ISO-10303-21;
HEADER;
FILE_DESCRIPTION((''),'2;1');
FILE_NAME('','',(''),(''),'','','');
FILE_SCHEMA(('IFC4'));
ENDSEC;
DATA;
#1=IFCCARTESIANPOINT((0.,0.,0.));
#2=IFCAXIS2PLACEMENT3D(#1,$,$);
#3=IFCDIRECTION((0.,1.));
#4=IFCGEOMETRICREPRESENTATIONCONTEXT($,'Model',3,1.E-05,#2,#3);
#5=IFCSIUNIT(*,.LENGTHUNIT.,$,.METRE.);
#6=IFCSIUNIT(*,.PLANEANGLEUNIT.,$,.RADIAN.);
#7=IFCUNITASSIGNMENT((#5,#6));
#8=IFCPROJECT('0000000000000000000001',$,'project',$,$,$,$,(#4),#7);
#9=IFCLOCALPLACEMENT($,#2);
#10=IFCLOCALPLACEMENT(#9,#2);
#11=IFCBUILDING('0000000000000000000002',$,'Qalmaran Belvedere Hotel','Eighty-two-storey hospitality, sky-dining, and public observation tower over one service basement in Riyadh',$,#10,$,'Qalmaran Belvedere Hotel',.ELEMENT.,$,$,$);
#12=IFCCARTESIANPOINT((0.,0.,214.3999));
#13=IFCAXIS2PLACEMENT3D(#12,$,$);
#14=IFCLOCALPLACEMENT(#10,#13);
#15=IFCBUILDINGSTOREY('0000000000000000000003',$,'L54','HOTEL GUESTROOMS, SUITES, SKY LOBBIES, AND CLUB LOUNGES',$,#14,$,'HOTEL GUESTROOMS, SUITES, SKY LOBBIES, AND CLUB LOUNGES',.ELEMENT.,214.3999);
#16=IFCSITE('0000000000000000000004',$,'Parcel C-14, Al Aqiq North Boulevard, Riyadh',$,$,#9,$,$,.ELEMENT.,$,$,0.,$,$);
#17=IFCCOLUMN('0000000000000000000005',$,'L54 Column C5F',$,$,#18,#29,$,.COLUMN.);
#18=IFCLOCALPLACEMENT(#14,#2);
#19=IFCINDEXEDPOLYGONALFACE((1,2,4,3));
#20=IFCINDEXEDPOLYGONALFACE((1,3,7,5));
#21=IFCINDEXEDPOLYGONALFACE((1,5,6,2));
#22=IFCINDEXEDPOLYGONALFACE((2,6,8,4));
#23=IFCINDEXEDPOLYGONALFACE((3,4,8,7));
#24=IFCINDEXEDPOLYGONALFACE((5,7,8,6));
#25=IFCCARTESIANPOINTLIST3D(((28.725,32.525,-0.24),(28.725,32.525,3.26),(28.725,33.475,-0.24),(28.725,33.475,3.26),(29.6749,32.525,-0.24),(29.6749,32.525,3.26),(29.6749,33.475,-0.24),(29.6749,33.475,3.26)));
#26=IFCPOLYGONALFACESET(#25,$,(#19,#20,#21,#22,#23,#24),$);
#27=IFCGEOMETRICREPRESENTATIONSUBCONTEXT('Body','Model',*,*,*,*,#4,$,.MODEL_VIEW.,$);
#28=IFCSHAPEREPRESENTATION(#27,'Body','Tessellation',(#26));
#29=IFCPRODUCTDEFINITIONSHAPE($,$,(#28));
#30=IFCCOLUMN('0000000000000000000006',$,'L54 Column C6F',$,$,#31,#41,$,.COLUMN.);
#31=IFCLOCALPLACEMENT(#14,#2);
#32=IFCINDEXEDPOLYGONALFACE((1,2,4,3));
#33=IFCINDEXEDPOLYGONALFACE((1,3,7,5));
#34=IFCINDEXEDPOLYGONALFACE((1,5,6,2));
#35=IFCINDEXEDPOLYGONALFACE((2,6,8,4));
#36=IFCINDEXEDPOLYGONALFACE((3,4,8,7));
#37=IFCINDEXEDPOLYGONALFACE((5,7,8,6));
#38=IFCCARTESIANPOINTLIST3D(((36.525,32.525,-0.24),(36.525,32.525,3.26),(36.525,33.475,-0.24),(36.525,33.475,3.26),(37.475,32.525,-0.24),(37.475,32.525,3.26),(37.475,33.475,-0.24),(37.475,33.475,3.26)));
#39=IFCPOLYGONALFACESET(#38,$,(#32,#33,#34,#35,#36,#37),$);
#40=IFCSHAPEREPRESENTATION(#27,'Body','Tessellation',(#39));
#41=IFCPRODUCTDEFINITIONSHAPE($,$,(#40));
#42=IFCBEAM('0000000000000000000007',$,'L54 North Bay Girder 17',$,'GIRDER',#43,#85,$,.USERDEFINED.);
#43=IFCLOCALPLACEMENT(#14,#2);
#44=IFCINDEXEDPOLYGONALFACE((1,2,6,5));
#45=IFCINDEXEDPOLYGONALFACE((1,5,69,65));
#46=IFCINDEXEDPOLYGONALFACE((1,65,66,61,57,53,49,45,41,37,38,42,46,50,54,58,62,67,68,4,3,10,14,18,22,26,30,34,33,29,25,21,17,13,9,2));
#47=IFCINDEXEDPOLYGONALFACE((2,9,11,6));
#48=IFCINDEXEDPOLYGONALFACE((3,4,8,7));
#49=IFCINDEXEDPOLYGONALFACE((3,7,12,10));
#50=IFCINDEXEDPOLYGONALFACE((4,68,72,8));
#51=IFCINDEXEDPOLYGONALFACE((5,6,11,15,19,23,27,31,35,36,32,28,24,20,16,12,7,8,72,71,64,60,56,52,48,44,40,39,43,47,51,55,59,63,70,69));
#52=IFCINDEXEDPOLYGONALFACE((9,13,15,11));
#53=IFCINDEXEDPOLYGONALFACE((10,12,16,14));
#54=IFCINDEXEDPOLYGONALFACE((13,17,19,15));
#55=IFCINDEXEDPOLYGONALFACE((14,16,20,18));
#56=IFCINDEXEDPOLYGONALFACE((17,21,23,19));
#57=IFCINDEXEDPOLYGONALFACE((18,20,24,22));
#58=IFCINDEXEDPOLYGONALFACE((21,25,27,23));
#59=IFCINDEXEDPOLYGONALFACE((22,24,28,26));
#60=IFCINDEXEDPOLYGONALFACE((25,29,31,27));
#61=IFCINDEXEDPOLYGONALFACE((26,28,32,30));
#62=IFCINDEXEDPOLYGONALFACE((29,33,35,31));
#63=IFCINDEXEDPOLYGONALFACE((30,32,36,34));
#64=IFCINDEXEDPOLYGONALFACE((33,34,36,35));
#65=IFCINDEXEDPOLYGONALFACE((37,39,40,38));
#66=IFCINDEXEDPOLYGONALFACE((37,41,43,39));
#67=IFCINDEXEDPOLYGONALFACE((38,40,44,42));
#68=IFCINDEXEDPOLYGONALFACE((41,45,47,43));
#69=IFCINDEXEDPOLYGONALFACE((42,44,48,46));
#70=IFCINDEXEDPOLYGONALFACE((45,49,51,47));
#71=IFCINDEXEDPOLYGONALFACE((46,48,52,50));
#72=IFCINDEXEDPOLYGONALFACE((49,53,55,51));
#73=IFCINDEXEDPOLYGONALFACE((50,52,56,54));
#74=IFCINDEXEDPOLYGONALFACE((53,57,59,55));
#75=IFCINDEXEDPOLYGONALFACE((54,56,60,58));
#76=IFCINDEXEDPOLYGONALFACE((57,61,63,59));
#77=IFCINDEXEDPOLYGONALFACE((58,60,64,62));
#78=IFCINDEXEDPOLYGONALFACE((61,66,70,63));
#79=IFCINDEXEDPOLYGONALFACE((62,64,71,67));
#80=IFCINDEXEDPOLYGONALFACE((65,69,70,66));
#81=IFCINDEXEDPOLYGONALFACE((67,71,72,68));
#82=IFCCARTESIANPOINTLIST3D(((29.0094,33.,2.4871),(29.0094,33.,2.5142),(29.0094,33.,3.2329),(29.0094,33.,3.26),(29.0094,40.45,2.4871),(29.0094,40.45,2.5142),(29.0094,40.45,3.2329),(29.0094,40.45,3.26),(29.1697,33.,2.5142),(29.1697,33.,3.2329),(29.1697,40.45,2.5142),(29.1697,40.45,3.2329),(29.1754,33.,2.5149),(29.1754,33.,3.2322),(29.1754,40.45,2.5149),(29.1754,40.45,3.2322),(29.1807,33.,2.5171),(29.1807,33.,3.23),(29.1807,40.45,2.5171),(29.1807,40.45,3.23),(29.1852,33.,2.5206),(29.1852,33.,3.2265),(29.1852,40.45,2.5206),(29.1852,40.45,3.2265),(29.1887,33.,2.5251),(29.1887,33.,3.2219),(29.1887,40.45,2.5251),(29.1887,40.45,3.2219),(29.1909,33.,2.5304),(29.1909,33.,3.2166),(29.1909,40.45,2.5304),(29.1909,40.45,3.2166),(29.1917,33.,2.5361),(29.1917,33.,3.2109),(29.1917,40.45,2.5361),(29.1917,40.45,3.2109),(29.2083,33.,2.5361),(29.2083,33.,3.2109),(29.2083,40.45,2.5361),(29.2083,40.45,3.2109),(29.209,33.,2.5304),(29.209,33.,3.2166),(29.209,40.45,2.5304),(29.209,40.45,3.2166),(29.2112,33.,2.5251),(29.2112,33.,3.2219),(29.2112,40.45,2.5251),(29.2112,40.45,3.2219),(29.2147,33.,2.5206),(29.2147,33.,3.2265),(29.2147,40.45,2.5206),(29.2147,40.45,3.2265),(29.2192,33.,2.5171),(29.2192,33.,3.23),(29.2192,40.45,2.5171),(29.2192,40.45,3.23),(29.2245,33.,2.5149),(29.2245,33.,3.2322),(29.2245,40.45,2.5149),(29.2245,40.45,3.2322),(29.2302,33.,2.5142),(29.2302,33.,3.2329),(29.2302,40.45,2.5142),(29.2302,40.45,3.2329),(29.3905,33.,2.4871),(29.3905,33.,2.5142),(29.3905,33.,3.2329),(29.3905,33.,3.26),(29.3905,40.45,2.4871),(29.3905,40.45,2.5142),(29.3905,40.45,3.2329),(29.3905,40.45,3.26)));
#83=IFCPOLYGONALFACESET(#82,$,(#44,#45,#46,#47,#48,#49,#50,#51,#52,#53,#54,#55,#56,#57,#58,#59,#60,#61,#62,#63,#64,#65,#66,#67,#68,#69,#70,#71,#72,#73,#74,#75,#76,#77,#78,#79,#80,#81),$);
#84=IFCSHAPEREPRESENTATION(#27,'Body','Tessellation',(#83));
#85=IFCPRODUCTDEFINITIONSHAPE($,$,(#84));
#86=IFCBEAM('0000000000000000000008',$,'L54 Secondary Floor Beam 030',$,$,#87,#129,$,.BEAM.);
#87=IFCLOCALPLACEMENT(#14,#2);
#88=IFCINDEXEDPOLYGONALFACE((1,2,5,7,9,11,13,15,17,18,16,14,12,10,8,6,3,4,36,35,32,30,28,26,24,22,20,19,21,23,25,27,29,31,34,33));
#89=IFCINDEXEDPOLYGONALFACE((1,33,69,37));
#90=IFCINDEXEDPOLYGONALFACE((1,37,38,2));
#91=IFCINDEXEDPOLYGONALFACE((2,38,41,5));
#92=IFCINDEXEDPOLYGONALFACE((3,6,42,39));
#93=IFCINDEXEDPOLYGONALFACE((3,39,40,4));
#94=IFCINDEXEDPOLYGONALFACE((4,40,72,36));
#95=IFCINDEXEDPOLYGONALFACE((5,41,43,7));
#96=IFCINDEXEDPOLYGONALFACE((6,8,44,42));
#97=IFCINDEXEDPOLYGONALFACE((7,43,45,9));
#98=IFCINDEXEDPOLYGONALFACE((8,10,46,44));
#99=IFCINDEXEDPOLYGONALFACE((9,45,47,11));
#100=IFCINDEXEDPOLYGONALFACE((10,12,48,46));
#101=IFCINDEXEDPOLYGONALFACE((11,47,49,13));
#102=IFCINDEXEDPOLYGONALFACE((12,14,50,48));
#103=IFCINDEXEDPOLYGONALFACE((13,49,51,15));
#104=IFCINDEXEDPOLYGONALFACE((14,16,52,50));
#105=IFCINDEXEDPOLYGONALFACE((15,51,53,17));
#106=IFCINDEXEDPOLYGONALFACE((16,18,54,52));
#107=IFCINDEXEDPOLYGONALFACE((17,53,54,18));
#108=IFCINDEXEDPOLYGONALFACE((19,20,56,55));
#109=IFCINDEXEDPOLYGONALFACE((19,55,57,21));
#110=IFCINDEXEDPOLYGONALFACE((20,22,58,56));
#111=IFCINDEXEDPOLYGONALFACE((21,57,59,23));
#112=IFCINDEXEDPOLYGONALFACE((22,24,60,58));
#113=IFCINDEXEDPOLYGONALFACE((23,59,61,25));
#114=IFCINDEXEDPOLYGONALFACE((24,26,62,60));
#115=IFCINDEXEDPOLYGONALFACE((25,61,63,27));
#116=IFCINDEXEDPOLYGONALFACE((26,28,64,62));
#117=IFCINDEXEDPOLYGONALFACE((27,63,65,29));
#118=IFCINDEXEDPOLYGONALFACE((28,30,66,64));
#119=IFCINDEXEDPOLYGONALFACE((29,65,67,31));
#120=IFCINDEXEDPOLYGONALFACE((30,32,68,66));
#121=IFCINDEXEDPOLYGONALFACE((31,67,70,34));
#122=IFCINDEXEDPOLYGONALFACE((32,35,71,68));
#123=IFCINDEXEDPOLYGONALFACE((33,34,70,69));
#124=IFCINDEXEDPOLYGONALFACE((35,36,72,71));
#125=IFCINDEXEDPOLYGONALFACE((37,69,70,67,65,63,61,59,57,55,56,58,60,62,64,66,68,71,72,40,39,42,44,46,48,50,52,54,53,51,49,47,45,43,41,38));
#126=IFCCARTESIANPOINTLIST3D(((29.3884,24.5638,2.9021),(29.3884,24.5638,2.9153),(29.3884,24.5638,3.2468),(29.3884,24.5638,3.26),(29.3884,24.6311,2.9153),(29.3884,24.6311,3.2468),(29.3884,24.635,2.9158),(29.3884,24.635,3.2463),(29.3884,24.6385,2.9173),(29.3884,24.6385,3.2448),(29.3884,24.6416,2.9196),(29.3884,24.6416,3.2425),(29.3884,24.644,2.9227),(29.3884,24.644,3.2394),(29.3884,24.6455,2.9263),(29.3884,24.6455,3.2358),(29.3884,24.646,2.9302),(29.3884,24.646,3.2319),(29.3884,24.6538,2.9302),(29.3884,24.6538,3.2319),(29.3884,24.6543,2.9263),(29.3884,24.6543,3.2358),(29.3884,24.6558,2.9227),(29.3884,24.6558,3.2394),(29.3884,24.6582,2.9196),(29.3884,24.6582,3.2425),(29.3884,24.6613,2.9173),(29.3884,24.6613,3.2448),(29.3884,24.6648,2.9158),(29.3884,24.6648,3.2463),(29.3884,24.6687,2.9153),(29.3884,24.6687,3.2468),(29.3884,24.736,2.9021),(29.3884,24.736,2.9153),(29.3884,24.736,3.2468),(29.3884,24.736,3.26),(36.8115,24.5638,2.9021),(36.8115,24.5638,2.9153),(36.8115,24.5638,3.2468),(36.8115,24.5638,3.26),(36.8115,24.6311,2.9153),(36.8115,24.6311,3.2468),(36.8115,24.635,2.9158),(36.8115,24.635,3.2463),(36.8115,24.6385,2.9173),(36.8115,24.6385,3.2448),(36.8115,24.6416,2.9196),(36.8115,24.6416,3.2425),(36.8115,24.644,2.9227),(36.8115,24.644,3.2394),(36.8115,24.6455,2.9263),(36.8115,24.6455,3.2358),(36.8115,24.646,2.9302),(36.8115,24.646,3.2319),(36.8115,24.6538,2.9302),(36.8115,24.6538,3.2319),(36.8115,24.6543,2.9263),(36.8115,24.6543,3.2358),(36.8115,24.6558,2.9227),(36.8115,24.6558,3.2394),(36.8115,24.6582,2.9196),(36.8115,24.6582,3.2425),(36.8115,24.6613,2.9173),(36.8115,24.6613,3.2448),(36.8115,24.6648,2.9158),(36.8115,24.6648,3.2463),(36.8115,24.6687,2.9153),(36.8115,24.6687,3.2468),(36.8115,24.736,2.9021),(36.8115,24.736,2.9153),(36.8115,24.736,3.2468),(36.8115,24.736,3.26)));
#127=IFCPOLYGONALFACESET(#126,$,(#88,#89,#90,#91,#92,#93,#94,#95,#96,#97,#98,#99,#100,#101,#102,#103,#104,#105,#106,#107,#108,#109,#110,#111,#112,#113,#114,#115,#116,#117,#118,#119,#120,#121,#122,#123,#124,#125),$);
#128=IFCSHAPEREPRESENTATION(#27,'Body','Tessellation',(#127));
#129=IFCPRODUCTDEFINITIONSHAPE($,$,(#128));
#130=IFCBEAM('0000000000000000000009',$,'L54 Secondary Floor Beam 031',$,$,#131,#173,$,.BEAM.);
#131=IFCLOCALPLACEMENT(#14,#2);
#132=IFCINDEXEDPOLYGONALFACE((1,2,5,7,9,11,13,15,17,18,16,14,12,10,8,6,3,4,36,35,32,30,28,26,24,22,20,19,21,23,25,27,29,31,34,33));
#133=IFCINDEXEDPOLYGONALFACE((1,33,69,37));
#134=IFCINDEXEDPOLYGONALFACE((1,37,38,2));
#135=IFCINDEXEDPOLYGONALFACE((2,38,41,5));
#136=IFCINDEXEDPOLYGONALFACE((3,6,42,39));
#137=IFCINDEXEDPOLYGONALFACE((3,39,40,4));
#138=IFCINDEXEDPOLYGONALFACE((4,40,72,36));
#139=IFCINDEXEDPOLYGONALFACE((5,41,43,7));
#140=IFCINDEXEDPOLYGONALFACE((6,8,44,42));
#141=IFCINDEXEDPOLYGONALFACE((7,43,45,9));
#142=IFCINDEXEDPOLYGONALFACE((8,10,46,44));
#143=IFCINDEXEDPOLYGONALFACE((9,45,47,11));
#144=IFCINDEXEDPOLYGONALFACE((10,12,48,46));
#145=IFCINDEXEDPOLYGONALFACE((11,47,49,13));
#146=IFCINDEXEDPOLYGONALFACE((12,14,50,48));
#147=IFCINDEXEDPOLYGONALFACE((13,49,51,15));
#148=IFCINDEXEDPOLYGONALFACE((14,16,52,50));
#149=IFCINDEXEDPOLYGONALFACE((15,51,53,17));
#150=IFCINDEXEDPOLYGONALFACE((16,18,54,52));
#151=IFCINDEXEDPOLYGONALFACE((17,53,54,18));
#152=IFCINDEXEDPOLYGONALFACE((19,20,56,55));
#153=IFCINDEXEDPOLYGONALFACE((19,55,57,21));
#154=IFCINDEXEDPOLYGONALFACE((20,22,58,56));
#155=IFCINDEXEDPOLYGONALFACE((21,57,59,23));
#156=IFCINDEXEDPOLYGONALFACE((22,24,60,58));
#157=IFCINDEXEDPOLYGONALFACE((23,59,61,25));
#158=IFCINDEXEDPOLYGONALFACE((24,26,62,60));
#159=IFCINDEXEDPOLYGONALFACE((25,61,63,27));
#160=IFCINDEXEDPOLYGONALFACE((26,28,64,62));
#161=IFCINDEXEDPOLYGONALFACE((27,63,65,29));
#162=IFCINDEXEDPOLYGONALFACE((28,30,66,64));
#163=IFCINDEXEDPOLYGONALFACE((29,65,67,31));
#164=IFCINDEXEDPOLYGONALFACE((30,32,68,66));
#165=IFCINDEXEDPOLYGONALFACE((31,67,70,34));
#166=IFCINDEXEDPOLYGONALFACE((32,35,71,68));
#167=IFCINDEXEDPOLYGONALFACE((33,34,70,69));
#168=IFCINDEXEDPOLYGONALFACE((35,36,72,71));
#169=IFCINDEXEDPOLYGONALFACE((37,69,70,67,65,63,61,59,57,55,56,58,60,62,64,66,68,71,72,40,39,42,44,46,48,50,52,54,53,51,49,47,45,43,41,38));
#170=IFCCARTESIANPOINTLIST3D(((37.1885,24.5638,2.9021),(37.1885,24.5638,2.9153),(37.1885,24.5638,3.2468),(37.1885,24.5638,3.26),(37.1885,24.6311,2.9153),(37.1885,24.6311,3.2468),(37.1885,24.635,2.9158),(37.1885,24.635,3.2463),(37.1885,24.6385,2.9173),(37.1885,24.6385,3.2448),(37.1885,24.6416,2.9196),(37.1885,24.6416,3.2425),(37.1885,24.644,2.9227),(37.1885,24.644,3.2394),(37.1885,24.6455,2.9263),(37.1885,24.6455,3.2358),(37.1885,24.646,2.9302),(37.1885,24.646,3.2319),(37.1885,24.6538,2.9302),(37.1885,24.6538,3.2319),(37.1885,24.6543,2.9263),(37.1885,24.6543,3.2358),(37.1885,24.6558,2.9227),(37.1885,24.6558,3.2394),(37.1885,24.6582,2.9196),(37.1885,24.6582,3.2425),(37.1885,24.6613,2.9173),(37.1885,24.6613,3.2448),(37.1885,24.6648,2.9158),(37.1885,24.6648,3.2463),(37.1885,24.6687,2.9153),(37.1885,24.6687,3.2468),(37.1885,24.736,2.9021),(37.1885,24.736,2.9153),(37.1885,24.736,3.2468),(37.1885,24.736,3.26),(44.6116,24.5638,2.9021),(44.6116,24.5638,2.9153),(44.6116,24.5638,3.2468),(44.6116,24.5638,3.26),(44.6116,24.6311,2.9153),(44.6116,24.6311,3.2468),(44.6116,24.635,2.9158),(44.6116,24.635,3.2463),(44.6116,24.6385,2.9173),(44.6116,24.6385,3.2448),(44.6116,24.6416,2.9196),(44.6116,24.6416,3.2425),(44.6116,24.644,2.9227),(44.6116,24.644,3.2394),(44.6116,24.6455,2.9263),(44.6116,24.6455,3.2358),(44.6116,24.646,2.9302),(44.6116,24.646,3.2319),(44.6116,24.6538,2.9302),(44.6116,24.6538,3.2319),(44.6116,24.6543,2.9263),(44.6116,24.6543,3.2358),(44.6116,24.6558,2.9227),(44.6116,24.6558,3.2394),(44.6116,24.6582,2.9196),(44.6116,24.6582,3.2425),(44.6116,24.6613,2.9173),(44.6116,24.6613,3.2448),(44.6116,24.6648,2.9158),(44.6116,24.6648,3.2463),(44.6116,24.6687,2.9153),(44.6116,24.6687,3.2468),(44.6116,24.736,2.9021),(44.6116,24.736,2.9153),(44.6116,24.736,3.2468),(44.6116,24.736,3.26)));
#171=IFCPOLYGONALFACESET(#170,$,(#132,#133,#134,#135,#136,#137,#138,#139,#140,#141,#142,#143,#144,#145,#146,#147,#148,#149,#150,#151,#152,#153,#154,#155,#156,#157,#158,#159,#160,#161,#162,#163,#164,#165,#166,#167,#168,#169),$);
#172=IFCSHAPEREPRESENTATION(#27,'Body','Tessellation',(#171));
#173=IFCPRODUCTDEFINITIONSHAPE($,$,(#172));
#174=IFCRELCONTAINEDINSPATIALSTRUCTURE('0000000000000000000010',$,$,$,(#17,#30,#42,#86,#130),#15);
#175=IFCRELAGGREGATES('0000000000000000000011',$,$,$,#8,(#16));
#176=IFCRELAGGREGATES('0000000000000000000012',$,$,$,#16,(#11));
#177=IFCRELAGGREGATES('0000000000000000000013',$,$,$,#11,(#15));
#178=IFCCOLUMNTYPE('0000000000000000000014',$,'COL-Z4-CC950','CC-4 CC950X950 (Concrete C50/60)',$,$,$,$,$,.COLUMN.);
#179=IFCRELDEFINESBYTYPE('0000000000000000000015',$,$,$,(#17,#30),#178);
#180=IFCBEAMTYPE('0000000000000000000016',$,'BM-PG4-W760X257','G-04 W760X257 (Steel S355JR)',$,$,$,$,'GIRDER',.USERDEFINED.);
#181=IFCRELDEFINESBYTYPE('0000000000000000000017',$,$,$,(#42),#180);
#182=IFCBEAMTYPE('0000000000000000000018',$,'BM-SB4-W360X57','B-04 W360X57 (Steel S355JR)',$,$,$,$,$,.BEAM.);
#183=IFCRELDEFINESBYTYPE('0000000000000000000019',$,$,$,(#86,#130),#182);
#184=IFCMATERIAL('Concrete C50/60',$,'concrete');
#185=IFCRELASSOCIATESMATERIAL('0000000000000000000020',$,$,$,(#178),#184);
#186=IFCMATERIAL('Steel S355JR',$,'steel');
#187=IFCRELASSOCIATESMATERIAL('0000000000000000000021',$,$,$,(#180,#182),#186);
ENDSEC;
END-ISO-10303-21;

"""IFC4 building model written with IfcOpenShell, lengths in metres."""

from ifc_helpers import new_model, si_unit, direction, frame, origin, origin_2d, place, context, subcontext, project, spatial, rectangle, i_section, extrude, material, material_profile, profile_set, type_object, element, save


model = new_model("IFC4")

# Units and contexts
model_context = context("Model", 3, precision=1e-05, world=origin(), true_north=direction((0.0, 1.0)))
body_context = subcontext(model_context, "Body", "Model", "MODEL_VIEW")
ifc_project = project(units=[si_unit("LENGTHUNIT", "METRE"), si_unit("PLANEANGLEUNIT", "RADIAN")], contexts=[model_context])

# Site, building, storey
site_placement = place(None, origin())
site = spatial("IfcSite", under=ifc_project, at=site_placement, Name="Parcel C-14, Al Aqiq North Boulevard, Riyadh", CompositionType="ELEMENT", RefElevation=0.0)
building_placement = place(site_placement, origin())
building = spatial("IfcBuilding", under=site, at=building_placement, Name="Qalmaran Belvedere Hotel", Description="Eighty-two-storey hospitality, sky-dining, and public observation tower over one service basement in Riyadh", LongName="Qalmaran Belvedere Hotel", CompositionType="ELEMENT")
storey_placement = place(building_placement, frame((0.0, 0.0, 214.3999)))
storey = spatial("IfcBuildingStorey", under=building, at=storey_placement, Name="L54", Description="HOTEL GUESTROOMS, SUITES, SKY LOBBIES, AND CLUB LOUNGES", LongName="HOTEL GUESTROOMS, SUITES, SKY LOBBIES, AND CLUB LOUNGES", CompositionType="ELEMENT", Elevation=214.3999)

# Columns
ifc_material_1 = material(Name="Concrete C50/60", Category="concrete")
ifc_material_profile_1 = material_profile(ifc_material_1, rectangle(XDim=0.95, YDim=0.95, at=origin_2d()), Name="CC950X950")
ifc_profile_set_1 = profile_set([ifc_material_profile_1], Name="Concrete C50/60")
column_type = type_object("IfcColumnType", Name="COL-Z4-CC950", Description="CC-4 CC950X950 (Concrete C50/60)", PredefinedType="COLUMN", material=ifc_profile_set_1)
for number, where, z_axis, x_axis, name in (
    (1, (29.2, 33.0, -0.24), (0.0, 0.0, 1.0), (1.0, 0.0, 0.0), "L54 Column C5F"),
    (2, (37.0, 33.0, -0.24), (0.0, 0.0, 1.0), (1.0, 0.0, 0.0), "L54 Column C6F"),
):
    element("IfcColumn", number, at=place(storey_placement, frame(where, z_axis=z_axis, x_axis=x_axis)), inside=storey, type_object=column_type, Name=name, PredefinedType="COLUMN", context=body_context, shape_type="SweptSolid", body=[
        extrude(rectangle(XDim=0.95, YDim=0.95, at=origin_2d()), origin(), (0.0, 0.0, 1.0), 3.5),
    ])

# Beams
ifc_material_2 = material(Name="Steel S355JR", Category="steel")
ifc_material_profile_2 = material_profile(ifc_material_2, i_section(OverallWidth=0.3811, OverallDepth=0.7729, WebThickness=0.0166, FlangeThickness=0.0271, FilletRadius=0.022, at=origin_2d()), Name="W760X257")
ifc_profile_set_2 = profile_set([ifc_material_profile_2], Name="Steel S355JR")
beam_type_1 = type_object("IfcBeamType", Name="BM-PG4-W760X257", Description="G-04 W760X257 (Steel S355JR)", ElementType="GIRDER", PredefinedType="USERDEFINED", material=ifc_profile_set_2)
beam_placement = place(storey_placement, frame((29.2, 33.0, 2.8735), z_axis=(0.0, 1.0, 0.0), x_axis=(-1.0, 0.0, 0.0)))
element("IfcBeam", 3, at=beam_placement, inside=storey, type_object=beam_type_1, Name="L54 North Bay Girder 17", ObjectType="GIRDER", PredefinedType="USERDEFINED", context=body_context, shape_type="SweptSolid", body=[
    extrude(i_section(OverallWidth=0.3811, OverallDepth=0.7729, WebThickness=0.0166, FlangeThickness=0.0271, FilletRadius=0.022, at=origin_2d()), origin(), (0.0, 0.0, 1.0), 7.45),
])
ifc_material_profile_3 = material_profile(ifc_material_2, i_section(OverallWidth=0.1721, OverallDepth=0.3579, WebThickness=0.0078, FlangeThickness=0.0132, FilletRadius=0.0149, at=origin_2d()), Name="W360X57")
ifc_profile_set_3 = profile_set([ifc_material_profile_3], Name="Steel S355JR")
beam_type_2 = type_object("IfcBeamType", Name="BM-SB4-W360X57", Description="B-04 W360X57 (Steel S355JR)", PredefinedType="BEAM", material=ifc_profile_set_3)
for number, where, z_axis, x_axis, name in (
    (4, (29.3884, 24.6499, 3.0811), (1.0, 0.0, 0.0), (0.0, 1.0, 0.0), "L54 Secondary Floor Beam 030"),
    (5, (37.1885, 24.6499, 3.0811), (1.0, 0.0, 0.0), (0.0, 1.0, 0.0), "L54 Secondary Floor Beam 031"),
):
    element("IfcBeam", number, at=place(storey_placement, frame(where, z_axis=z_axis, x_axis=x_axis)), inside=storey, type_object=beam_type_2, Name=name, PredefinedType="BEAM", context=body_context, shape_type="SweptSolid", body=[
        extrude(i_section(OverallWidth=0.1721, OverallDepth=0.3579, WebThickness=0.0078, FlangeThickness=0.0132, FilletRadius=0.0149, at=origin_2d()), origin(), (0.0, 0.0, 1.0), 7.4231),
    ])

save(model, "model.ifc")
